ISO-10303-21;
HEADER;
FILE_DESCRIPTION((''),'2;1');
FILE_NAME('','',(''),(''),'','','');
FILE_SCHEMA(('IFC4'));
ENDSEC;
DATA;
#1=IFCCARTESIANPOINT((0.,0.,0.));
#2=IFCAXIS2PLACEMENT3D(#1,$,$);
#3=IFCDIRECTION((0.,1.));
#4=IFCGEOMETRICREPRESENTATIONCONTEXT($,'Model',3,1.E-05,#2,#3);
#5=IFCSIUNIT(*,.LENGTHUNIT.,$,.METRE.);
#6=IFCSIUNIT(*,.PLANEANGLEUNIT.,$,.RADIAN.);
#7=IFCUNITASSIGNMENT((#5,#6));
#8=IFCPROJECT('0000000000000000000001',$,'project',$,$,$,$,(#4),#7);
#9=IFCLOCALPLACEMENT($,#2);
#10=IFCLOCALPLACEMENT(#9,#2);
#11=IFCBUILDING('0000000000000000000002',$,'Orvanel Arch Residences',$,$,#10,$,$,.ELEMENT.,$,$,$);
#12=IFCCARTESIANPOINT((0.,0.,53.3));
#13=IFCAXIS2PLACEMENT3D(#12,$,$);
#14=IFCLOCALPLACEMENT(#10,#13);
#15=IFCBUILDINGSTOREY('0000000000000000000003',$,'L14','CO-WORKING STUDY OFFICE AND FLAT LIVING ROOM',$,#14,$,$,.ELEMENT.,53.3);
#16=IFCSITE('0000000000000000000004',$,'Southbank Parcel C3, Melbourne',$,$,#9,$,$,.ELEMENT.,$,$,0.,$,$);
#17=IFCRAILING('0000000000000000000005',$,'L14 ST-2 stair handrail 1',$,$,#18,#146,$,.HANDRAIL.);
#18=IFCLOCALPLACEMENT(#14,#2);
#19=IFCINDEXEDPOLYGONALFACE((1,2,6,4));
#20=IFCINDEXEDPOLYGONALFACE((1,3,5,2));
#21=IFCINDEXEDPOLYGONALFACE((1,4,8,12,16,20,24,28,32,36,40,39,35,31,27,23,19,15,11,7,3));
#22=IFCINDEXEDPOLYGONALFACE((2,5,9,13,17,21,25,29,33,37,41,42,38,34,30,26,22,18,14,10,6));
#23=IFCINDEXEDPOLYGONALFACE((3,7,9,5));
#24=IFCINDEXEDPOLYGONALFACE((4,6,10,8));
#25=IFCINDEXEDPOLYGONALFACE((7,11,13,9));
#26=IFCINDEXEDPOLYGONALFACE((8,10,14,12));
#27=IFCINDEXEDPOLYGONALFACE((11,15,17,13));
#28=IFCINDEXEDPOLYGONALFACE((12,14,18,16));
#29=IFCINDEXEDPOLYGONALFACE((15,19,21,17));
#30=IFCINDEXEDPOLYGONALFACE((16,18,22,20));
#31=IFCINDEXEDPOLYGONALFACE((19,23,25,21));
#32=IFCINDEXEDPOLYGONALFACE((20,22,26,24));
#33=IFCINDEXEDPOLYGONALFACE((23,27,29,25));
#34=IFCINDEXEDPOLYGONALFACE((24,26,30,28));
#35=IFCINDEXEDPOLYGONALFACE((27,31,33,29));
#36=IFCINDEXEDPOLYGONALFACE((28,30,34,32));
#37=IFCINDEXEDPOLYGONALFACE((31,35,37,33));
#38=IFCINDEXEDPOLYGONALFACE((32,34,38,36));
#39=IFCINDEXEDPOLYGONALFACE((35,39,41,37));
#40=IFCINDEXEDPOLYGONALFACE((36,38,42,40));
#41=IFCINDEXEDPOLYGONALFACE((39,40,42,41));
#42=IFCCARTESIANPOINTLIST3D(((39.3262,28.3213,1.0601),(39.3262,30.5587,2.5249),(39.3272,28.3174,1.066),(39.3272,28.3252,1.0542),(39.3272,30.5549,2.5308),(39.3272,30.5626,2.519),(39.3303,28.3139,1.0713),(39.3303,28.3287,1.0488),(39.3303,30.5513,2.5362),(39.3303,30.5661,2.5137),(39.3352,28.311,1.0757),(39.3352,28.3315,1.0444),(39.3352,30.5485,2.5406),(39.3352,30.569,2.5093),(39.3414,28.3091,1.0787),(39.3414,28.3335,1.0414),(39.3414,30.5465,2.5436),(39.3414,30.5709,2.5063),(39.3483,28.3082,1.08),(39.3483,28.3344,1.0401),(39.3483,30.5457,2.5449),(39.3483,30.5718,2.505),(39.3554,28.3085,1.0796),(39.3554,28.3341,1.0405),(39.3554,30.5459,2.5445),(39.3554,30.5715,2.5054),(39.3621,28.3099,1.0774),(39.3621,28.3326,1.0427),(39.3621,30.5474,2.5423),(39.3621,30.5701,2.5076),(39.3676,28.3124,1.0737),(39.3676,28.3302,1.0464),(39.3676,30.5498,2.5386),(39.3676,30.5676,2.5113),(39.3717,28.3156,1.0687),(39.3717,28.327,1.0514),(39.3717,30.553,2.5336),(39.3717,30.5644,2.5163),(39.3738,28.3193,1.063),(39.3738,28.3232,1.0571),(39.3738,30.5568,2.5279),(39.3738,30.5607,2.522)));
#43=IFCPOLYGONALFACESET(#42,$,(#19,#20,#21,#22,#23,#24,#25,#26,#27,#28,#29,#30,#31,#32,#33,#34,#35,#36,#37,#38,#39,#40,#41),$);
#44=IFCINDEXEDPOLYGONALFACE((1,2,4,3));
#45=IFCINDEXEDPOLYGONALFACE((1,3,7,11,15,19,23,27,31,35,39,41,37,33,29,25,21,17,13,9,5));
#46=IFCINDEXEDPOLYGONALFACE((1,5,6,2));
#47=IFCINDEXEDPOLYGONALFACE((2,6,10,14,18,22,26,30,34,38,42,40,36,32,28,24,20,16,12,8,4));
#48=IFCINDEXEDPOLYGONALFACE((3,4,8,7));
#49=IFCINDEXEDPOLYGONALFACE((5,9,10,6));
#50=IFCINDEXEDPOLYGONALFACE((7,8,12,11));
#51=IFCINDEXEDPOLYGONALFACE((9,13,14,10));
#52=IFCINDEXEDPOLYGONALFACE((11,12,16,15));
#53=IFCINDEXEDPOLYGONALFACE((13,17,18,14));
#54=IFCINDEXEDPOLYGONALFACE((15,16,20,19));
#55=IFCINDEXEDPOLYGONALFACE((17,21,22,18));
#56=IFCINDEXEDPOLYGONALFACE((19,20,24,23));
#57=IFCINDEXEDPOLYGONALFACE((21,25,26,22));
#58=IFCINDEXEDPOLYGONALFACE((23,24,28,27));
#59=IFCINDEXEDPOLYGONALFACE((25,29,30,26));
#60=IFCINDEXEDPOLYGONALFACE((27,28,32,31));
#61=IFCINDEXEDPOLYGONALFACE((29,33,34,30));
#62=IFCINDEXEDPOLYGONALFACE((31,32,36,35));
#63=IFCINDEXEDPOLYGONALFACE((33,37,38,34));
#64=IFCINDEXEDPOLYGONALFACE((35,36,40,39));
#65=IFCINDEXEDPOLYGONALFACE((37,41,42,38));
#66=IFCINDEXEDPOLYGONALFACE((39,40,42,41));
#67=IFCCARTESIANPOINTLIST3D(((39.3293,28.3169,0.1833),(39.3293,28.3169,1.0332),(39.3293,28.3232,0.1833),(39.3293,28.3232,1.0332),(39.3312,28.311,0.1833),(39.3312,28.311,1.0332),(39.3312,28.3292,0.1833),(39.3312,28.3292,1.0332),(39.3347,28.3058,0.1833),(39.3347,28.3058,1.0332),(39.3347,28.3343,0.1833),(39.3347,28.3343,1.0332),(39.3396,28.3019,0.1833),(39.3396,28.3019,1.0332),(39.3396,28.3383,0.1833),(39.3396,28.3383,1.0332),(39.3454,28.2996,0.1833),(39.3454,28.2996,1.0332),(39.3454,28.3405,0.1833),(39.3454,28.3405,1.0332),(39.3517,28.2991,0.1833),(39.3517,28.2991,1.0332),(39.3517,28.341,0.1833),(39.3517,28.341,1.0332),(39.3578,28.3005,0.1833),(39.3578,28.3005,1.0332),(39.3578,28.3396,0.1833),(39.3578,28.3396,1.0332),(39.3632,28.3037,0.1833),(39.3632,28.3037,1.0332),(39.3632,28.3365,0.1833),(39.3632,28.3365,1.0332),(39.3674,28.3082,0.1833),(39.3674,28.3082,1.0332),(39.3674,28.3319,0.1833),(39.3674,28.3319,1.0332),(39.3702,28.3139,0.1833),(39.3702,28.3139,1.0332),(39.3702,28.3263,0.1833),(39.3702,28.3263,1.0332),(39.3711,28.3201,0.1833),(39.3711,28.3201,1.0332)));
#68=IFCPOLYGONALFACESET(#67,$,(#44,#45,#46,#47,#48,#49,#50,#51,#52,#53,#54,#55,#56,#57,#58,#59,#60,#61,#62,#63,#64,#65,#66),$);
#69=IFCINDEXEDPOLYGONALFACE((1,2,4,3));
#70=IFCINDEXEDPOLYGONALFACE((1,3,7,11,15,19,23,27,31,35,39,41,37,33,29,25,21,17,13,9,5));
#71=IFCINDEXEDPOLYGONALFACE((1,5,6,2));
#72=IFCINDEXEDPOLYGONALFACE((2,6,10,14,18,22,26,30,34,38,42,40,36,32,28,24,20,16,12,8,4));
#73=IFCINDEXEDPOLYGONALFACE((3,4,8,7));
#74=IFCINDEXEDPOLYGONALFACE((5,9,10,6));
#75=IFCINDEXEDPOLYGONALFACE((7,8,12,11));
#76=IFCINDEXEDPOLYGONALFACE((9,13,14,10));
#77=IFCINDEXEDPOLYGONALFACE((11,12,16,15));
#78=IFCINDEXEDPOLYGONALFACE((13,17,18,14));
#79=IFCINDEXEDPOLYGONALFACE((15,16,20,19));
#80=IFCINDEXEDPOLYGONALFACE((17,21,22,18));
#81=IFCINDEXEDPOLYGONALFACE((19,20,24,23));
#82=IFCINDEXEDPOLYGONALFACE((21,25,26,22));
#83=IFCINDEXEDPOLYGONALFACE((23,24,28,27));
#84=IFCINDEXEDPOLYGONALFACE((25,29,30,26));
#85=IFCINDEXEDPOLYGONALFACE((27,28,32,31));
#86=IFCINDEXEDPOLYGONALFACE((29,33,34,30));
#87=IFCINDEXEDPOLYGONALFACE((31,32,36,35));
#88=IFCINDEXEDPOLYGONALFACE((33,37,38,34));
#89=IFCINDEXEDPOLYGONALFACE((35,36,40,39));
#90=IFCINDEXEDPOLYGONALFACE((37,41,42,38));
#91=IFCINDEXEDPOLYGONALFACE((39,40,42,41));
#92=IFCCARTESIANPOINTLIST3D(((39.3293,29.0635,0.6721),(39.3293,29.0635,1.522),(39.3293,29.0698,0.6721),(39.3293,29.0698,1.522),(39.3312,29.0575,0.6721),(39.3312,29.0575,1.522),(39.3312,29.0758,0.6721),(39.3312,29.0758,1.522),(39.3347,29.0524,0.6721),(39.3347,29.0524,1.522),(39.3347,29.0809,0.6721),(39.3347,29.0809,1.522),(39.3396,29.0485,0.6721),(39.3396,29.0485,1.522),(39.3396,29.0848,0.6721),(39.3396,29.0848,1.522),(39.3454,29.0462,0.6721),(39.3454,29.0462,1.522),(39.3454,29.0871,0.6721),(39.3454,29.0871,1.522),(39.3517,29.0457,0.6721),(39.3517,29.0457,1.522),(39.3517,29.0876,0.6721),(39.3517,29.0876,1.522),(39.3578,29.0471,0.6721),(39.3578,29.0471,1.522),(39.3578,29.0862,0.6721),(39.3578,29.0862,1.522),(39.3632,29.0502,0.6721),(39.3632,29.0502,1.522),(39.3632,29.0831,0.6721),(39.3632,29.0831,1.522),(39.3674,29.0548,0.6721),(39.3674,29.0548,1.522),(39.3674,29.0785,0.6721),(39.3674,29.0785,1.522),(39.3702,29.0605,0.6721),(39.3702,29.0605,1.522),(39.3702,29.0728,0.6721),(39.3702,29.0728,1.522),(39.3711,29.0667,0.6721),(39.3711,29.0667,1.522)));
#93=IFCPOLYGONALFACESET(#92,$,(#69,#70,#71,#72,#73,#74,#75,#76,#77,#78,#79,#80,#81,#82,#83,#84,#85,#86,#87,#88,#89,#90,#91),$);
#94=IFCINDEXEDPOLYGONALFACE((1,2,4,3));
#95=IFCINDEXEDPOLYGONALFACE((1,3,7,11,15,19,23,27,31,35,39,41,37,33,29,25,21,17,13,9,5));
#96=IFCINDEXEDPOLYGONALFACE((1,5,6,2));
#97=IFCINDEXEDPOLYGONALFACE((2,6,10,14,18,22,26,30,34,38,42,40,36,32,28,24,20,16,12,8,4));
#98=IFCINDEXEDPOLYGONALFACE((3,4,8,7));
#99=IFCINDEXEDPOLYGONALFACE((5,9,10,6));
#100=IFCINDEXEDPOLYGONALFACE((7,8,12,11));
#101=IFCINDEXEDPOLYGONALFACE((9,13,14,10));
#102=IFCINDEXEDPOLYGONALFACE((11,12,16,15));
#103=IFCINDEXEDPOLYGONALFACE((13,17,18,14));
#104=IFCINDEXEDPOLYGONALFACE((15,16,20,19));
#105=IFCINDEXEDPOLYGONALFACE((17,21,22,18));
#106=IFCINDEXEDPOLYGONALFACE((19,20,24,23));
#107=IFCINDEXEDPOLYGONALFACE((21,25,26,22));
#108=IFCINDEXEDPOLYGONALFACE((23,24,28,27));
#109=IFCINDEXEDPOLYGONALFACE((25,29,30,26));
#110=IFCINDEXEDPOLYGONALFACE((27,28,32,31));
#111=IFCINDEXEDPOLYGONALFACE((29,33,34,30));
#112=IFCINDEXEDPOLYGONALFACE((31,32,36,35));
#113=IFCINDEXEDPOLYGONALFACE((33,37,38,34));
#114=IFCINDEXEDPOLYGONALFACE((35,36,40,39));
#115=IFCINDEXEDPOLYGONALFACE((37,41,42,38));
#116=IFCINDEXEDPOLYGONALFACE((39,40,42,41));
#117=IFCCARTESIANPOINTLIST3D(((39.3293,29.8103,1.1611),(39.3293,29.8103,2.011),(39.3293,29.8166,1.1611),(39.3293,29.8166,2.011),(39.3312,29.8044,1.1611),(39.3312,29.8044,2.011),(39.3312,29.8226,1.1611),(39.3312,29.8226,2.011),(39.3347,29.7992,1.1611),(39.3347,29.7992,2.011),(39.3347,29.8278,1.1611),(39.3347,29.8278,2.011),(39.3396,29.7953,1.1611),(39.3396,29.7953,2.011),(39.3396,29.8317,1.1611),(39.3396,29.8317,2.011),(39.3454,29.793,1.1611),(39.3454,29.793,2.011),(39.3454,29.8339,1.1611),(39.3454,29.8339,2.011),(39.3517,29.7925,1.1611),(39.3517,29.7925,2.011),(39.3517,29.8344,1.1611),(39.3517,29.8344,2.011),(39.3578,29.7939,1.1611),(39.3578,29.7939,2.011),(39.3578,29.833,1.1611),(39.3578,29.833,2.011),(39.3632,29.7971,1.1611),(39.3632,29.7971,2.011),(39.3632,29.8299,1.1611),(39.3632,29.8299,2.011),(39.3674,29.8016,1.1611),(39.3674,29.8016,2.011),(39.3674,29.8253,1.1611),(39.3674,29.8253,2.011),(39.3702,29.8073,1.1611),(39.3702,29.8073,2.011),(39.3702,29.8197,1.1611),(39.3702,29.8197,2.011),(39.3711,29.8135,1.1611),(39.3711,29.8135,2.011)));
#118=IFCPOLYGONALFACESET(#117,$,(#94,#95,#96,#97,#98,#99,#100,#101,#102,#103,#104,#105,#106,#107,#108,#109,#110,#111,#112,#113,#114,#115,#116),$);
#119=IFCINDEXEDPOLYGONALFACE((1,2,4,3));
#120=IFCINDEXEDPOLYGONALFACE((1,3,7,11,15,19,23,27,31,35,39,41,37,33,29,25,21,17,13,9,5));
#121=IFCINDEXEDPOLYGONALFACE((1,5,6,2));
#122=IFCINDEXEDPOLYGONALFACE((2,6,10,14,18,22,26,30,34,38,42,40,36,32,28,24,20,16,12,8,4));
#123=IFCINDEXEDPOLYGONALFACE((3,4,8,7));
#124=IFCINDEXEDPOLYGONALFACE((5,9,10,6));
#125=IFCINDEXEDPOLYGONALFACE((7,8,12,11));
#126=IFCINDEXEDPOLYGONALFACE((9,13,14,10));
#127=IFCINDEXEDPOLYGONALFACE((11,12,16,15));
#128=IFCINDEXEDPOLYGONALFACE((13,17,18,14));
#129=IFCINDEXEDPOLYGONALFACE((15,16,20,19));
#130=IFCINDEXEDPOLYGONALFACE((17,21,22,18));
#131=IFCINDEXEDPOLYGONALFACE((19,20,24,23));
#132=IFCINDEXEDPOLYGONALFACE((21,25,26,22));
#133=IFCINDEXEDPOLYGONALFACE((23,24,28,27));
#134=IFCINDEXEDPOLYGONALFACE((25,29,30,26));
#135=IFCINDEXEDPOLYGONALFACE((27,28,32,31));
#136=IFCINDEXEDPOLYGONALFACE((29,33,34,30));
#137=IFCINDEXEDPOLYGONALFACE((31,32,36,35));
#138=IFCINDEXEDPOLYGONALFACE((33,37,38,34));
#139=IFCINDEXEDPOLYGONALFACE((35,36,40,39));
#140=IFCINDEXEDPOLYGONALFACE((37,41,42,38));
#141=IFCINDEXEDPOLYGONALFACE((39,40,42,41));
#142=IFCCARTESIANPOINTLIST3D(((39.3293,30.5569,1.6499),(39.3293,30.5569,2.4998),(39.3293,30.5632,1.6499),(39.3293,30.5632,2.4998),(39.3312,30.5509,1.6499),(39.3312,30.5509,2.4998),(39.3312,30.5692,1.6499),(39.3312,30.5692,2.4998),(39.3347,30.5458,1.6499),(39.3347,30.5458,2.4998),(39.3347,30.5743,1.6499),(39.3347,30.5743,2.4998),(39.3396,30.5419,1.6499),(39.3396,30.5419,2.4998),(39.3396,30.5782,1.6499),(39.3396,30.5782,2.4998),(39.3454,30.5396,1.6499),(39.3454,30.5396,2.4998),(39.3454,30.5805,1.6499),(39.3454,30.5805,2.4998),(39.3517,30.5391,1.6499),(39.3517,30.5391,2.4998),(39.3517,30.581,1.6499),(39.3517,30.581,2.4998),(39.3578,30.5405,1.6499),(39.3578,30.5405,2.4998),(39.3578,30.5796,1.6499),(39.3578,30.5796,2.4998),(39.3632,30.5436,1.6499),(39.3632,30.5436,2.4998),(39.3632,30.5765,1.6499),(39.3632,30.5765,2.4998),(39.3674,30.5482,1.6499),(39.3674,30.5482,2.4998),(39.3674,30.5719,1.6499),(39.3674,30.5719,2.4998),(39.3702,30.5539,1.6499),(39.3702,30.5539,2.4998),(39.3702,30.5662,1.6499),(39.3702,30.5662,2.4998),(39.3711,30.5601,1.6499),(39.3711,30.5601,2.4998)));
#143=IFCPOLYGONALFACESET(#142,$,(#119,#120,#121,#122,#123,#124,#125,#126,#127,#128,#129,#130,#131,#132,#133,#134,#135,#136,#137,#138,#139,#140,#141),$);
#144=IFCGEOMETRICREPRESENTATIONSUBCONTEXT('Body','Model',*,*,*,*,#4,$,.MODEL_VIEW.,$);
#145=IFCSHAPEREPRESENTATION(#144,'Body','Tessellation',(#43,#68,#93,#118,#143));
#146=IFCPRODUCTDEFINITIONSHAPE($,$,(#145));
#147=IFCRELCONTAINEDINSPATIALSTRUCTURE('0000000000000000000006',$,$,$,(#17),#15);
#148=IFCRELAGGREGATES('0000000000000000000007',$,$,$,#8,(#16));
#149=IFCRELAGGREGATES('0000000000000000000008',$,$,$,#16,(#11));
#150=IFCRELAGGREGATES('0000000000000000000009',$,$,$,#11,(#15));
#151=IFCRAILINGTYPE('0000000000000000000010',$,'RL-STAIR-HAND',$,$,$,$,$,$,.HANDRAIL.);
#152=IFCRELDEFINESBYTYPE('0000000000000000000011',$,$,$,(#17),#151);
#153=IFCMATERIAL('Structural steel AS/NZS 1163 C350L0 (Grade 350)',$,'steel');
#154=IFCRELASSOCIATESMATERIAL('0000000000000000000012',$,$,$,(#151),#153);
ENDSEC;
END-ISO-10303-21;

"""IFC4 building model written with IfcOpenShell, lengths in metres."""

from ifc_helpers import new_model, si_unit, direction, frame, origin, origin_2d, place, context, subcontext, project, spatial, circle, extrude, material, type_object, element, save


model = new_model("IFC4")

# Units and contexts
model_context = context("Model", 3, precision=1e-05, world=origin(), true_north=direction((0.0, 1.0)))
body_context = subcontext(model_context, "Body", "Model", "MODEL_VIEW")
ifc_project = project(units=[si_unit("LENGTHUNIT", "METRE"), si_unit("PLANEANGLEUNIT", "RADIAN")], contexts=[model_context])

# Site, building, storey
site_placement = place(None, origin())
site = spatial("IfcSite", under=ifc_project, at=site_placement, Name="Southbank Parcel C3, Melbourne", CompositionType="ELEMENT", RefElevation=0.0)
building_placement = place(site_placement, origin())
building = spatial("IfcBuilding", under=site, at=building_placement, Name="Orvanel Arch Residences", CompositionType="ELEMENT")
storey_placement = place(building_placement, frame((0.0, 0.0, 53.3)))
storey = spatial("IfcBuildingStorey", under=building, at=storey_placement, Name="L14", Description="CO-WORKING STUDY OFFICE AND FLAT LIVING ROOM", CompositionType="ELEMENT", Elevation=53.3)

# Railing
ifc_material_1 = material(Name="Structural steel AS/NZS 1163 C350L0 (Grade 350)", Category="steel")
railing_type_1 = type_object("IfcRailingType", Name="RL-STAIR-HAND", PredefinedType="HANDRAIL", material=ifc_material_1)
railing_1_placement = place(storey_placement, frame((39.3501, 28.3201, 0.1833)))
element("IfcRailing", 1, at=railing_1_placement, inside=storey, type_object=railing_type_1, Name="L14 ST-2 stair handrail 1", PredefinedType="HANDRAIL", context=body_context, shape_type="SweptSolid", body=[
    extrude(circle(Radius=0.0239, at=origin_2d()), frame((0.0, 0.0012, 0.8767), z_axis=(0.0, 0.836637, 0.547758), x_axis=(-1.0, 0.0, 0.0)), (0.0, 0.0, 1.0), 2.6743),
    extrude(circle(Radius=0.021, at=origin_2d()), origin(), (0.0, 0.0, 1.0), 0.8499),
    extrude(circle(Radius=0.021, at=origin_2d()), frame((0.0, 0.7466, 0.4888)), (0.0, 0.0, 1.0), 0.8499),
    extrude(circle(Radius=0.021, at=origin_2d()), frame((0.0, 1.4934, 0.9778)), (0.0, 0.0, 1.0), 0.8499),
    extrude(circle(Radius=0.021, at=origin_2d()), frame((0.0, 2.24, 1.4666)), (0.0, 0.0, 1.0), 0.8499),
])

save(model, "model.ifc")
